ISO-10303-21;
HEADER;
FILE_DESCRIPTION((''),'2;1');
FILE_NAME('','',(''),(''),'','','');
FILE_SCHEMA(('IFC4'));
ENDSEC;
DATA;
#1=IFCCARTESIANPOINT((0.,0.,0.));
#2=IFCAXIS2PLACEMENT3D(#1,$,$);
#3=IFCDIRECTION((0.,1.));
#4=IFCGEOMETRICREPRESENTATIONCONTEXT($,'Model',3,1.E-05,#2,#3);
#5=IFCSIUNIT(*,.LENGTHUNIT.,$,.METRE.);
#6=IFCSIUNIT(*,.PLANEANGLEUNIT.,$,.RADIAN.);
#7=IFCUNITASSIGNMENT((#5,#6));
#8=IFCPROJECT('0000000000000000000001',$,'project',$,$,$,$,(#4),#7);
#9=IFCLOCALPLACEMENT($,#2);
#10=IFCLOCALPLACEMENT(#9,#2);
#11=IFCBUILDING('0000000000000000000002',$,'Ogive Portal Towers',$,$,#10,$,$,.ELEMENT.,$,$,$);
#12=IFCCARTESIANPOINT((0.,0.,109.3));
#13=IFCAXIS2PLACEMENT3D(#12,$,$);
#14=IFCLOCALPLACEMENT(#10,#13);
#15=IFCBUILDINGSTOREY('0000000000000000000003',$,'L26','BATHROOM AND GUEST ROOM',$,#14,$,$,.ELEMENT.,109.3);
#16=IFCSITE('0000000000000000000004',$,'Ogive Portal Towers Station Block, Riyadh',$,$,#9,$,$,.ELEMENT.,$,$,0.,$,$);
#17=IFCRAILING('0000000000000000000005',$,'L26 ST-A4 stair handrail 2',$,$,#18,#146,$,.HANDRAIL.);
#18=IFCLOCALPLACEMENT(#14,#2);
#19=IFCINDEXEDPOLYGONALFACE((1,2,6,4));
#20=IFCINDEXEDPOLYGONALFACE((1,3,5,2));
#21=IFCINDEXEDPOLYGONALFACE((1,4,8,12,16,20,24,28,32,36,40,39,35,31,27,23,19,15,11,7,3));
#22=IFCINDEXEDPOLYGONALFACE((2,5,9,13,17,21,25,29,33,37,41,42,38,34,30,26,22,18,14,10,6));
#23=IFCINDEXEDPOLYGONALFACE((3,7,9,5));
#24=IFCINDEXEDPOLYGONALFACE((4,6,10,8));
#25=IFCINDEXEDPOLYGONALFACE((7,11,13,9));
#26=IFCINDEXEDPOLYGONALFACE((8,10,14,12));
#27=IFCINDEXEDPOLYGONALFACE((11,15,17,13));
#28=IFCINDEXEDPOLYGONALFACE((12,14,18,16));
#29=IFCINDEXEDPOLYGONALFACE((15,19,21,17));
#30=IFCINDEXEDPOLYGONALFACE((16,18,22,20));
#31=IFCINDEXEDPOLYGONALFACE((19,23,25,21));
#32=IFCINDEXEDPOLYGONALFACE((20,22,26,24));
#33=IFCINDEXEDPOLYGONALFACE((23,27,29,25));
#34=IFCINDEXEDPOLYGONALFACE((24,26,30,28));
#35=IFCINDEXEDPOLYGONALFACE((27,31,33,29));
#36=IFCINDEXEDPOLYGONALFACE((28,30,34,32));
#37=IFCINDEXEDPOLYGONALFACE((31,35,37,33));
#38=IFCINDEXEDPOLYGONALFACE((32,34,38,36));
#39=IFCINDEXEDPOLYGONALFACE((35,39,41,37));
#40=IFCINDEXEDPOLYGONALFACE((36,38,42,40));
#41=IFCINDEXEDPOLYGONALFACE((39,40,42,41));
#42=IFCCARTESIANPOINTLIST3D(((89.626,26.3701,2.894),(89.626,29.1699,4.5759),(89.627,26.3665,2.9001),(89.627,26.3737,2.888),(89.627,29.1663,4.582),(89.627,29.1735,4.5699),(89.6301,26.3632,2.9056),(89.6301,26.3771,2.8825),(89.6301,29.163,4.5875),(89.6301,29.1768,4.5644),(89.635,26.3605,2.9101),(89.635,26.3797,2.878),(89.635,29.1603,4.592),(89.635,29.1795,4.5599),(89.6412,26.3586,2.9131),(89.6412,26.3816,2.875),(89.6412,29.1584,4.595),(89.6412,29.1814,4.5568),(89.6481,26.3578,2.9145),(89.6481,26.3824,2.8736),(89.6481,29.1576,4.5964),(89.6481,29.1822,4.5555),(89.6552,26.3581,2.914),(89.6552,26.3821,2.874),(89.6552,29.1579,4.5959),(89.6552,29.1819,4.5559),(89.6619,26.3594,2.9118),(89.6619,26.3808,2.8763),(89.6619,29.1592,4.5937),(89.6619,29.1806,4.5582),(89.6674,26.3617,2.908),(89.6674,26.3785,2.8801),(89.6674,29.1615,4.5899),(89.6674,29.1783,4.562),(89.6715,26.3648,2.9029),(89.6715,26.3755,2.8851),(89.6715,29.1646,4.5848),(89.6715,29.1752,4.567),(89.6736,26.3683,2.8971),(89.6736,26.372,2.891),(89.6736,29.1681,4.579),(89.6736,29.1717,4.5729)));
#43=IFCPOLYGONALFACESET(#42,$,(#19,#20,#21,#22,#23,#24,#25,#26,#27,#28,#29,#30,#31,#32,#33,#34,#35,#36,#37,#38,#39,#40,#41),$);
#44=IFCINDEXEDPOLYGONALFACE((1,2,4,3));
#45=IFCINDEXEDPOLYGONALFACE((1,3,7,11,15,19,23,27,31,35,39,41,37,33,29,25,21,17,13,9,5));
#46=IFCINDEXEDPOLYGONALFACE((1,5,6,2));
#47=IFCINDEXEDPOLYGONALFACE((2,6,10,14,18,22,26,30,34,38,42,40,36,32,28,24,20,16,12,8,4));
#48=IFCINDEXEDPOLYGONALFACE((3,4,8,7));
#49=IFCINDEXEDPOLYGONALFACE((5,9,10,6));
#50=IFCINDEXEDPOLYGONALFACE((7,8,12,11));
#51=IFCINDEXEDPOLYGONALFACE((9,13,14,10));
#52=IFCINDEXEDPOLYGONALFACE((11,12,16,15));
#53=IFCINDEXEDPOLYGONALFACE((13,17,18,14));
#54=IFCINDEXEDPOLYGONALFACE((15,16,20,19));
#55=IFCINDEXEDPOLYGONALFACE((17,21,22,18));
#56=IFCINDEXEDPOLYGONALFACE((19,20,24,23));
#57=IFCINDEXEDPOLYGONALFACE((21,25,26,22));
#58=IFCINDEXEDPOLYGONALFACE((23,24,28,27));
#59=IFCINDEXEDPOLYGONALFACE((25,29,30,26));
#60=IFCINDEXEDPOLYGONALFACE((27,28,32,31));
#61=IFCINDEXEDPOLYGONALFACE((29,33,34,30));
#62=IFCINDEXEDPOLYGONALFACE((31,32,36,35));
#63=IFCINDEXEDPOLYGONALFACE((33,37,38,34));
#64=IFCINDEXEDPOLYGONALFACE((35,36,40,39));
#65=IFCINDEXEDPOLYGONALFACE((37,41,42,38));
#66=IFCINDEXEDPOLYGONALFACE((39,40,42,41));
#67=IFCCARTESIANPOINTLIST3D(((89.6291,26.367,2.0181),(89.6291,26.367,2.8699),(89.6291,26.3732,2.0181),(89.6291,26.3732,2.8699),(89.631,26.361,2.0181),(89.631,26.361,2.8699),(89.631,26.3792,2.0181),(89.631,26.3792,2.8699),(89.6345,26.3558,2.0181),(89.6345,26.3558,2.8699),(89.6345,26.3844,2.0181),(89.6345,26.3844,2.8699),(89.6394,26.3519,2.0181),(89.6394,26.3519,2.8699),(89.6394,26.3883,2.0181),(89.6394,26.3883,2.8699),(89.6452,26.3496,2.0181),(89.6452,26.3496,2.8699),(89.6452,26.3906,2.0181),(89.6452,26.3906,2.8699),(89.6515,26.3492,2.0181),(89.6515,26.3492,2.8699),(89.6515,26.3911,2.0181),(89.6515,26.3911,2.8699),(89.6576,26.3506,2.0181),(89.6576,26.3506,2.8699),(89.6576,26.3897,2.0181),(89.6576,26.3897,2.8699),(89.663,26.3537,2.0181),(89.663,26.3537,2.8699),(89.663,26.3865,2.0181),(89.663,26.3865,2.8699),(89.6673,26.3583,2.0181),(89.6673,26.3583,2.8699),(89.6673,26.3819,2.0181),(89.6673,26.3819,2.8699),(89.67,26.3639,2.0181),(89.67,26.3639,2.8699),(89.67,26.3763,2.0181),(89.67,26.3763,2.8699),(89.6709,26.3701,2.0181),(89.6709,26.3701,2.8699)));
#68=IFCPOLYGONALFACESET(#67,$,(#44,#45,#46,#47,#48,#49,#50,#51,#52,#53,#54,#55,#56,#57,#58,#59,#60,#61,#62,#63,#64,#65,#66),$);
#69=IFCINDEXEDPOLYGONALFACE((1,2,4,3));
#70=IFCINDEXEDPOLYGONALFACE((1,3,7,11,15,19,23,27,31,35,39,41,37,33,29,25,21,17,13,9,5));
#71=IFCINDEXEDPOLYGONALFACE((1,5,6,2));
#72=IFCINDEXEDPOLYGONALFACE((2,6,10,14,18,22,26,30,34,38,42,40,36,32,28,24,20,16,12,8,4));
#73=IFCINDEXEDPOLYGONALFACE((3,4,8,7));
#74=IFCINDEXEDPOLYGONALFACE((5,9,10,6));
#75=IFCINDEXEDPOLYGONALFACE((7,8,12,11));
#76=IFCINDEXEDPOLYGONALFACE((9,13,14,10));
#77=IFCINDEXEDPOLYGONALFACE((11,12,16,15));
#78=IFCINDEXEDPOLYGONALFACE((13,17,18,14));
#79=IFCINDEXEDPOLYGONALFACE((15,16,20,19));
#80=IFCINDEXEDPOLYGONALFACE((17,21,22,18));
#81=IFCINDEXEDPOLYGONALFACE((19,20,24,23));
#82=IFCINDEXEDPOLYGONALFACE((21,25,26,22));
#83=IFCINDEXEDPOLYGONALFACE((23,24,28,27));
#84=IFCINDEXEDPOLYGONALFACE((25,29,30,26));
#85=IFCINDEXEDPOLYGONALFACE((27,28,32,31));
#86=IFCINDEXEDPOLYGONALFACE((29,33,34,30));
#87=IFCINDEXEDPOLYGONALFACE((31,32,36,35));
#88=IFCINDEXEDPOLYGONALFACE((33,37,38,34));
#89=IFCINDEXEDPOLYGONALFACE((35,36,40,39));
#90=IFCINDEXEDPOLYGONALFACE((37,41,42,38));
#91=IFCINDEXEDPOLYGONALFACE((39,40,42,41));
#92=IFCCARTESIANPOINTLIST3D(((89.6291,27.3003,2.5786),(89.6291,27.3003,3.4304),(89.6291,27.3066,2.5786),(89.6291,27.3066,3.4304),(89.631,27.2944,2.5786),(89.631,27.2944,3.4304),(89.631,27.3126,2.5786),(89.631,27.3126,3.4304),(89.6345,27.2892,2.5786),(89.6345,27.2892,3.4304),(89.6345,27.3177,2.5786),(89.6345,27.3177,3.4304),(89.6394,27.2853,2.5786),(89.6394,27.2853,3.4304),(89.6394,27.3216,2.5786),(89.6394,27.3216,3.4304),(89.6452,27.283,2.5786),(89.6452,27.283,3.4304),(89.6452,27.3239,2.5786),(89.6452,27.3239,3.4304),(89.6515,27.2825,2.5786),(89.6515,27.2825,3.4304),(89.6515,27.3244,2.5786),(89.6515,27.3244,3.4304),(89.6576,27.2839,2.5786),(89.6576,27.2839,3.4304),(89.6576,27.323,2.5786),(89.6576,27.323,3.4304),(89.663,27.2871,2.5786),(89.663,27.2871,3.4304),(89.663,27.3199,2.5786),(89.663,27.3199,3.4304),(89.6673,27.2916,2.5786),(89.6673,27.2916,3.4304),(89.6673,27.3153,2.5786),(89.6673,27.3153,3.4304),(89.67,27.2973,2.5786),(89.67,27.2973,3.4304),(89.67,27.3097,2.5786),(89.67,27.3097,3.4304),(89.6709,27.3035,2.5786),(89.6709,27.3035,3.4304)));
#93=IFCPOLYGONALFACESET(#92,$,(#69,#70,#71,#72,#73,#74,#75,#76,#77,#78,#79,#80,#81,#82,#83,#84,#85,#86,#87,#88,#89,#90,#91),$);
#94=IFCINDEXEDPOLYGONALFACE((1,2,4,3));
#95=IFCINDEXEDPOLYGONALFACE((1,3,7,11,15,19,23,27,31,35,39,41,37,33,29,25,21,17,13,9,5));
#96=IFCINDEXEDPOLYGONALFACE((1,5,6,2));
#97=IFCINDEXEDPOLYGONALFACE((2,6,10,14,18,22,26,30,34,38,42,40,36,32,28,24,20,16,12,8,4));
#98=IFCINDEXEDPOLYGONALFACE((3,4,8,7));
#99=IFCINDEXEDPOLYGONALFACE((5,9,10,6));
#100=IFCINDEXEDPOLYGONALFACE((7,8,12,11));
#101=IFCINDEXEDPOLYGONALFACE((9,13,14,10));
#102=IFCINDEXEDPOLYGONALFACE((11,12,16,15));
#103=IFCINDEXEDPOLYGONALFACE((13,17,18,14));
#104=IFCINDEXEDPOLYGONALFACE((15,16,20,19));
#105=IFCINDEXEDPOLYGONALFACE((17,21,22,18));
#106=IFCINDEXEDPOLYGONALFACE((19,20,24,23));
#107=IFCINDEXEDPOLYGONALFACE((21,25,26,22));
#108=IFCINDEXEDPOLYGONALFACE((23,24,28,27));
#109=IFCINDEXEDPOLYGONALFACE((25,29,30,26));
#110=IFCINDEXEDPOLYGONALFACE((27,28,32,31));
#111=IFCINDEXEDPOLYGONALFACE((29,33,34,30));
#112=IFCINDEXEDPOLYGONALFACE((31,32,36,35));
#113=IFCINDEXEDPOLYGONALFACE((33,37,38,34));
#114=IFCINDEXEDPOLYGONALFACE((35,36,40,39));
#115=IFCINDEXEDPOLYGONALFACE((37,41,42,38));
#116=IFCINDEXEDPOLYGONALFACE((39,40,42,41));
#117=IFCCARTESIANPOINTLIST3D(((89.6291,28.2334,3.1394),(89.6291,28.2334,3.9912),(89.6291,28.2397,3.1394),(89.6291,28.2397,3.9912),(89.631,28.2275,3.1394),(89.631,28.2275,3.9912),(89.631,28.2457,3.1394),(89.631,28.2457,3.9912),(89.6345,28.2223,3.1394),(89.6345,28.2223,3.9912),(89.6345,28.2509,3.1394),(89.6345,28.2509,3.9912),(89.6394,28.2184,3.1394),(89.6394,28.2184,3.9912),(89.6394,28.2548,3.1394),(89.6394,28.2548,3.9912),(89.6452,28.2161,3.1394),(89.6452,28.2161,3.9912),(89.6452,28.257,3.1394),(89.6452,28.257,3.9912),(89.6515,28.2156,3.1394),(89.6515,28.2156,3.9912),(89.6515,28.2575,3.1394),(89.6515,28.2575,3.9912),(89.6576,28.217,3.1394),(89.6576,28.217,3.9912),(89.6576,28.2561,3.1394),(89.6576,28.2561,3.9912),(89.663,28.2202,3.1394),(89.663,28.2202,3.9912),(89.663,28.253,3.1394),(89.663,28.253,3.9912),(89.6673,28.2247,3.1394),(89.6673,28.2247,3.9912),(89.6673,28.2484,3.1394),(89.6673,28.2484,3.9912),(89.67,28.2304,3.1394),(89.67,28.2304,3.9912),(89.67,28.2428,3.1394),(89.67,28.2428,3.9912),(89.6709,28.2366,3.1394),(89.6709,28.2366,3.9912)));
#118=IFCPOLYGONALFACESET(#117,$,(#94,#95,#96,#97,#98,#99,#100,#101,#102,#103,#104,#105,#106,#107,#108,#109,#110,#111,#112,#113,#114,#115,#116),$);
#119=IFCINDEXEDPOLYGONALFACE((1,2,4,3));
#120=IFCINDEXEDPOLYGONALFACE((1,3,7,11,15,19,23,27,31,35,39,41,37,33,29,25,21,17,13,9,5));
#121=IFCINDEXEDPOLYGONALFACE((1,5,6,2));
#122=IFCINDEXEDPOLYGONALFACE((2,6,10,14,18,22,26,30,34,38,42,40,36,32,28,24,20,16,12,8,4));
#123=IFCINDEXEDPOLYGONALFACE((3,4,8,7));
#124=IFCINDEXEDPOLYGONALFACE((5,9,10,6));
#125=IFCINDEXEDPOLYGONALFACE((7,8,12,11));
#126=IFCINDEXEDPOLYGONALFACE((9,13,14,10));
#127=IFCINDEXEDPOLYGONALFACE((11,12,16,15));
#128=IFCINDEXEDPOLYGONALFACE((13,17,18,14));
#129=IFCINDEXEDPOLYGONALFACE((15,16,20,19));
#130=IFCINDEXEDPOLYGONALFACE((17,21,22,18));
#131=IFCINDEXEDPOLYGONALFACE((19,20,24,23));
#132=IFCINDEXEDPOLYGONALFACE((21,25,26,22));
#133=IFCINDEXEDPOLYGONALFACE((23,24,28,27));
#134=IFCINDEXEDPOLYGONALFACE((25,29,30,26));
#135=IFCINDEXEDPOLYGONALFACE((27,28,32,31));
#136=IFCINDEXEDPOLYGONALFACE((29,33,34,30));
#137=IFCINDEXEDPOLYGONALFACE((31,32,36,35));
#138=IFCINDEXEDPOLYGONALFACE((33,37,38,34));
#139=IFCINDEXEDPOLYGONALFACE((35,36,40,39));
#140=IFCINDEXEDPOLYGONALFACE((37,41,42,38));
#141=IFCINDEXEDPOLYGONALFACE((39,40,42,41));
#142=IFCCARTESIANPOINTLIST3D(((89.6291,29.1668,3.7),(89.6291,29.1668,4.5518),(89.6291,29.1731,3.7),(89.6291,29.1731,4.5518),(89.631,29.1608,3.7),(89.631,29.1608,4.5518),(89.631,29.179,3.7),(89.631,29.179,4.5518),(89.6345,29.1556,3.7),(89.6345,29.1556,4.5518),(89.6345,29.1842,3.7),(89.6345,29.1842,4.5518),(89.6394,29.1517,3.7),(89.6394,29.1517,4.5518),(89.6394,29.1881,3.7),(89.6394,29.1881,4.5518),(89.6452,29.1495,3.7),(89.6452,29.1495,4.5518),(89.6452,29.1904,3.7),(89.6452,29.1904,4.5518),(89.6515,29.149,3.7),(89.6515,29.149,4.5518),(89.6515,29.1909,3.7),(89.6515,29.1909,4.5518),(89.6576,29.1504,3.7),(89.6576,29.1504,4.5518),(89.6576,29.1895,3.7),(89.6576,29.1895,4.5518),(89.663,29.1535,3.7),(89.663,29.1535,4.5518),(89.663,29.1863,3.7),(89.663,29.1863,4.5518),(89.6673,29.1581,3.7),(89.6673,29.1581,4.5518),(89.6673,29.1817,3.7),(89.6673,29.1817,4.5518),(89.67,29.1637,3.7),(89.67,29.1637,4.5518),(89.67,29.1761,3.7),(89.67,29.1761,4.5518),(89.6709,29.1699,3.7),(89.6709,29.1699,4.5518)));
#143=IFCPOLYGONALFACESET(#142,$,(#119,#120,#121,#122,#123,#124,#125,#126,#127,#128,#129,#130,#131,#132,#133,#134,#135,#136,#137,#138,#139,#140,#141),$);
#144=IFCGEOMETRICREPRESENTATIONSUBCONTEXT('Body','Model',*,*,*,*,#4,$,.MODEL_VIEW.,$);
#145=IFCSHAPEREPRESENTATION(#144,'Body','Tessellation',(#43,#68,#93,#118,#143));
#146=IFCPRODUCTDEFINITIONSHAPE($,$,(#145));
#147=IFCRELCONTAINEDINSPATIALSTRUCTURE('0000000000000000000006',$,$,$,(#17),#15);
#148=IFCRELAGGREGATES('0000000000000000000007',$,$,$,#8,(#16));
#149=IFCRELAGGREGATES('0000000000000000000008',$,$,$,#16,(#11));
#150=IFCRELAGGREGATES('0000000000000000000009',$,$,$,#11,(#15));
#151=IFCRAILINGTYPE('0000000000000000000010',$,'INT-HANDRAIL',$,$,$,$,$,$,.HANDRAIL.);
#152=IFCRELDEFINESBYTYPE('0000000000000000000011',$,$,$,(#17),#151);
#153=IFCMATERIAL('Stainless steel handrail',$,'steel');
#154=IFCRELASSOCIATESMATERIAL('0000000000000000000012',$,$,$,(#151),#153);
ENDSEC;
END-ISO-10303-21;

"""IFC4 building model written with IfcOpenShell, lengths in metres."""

from ifc_helpers import new_model, si_unit, direction, frame, origin, origin_2d, place, context, subcontext, project, spatial, circle, extrude, material, type_object, element, save


model = new_model("IFC4")

# Units and contexts
model_context = context("Model", 3, precision=1e-05, world=origin(), true_north=direction((0.0, 1.0)))
body_context = subcontext(model_context, "Body", "Model", "MODEL_VIEW")
ifc_project = project(units=[si_unit("LENGTHUNIT", "METRE"), si_unit("PLANEANGLEUNIT", "RADIAN")], contexts=[model_context])

# Site, building, storey
site_placement = place(None, origin())
site = spatial("IfcSite", under=ifc_project, at=site_placement, Name="Ogive Portal Towers Station Block, Riyadh", CompositionType="ELEMENT", RefElevation=0.0)
building_placement = place(site_placement, origin())
building = spatial("IfcBuilding", under=site, at=building_placement, Name="Ogive Portal Towers", CompositionType="ELEMENT")
storey_placement = place(building_placement, frame((0.0, 0.0, 109.3)))
storey = spatial("IfcBuildingStorey", under=building, at=storey_placement, Name="L26", Description="BATHROOM AND GUEST ROOM", CompositionType="ELEMENT", Elevation=109.3)

# Railing
ifc_material_1 = material(Name="Stainless steel handrail", Category="steel")
railing_type_1 = type_object("IfcRailingType", Name="INT-HANDRAIL", PredefinedType="HANDRAIL", material=ifc_material_1)
railing_1_placement = place(storey_placement, frame((89.6499, 26.3701, 2.0181)))
element("IfcRailing", 1, at=railing_1_placement, inside=storey, type_object=railing_type_1, Name="L26 ST-A4 stair handrail 2", PredefinedType="HANDRAIL", context=body_context, shape_type="SweptSolid", body=[
    extrude(circle(Radius=0.0239, at=origin_2d()), frame((0.0, 0.0, 0.876), z_axis=(0.0, 0.857222, 0.514946), x_axis=(-1.0, 0.0, 0.0)), (0.0, 0.0, 1.0), 3.2661),
    extrude(circle(Radius=0.021, at=origin_2d()), origin(), (0.0, 0.0, 1.0), 0.8518),
    extrude(circle(Radius=0.021, at=origin_2d()), frame((0.0, 0.9333, 0.5605)), (0.0, 0.0, 1.0), 0.8518),
    extrude(circle(Radius=0.021, at=origin_2d()), frame((0.0, 1.8665, 1.1213)), (0.0, 0.0, 1.0), 0.8518),
    extrude(circle(Radius=0.021, at=origin_2d()), frame((0.0, 2.7998, 1.6819)), (0.0, 0.0, 1.0), 0.8518),
])

save(model, "model.ifc")
